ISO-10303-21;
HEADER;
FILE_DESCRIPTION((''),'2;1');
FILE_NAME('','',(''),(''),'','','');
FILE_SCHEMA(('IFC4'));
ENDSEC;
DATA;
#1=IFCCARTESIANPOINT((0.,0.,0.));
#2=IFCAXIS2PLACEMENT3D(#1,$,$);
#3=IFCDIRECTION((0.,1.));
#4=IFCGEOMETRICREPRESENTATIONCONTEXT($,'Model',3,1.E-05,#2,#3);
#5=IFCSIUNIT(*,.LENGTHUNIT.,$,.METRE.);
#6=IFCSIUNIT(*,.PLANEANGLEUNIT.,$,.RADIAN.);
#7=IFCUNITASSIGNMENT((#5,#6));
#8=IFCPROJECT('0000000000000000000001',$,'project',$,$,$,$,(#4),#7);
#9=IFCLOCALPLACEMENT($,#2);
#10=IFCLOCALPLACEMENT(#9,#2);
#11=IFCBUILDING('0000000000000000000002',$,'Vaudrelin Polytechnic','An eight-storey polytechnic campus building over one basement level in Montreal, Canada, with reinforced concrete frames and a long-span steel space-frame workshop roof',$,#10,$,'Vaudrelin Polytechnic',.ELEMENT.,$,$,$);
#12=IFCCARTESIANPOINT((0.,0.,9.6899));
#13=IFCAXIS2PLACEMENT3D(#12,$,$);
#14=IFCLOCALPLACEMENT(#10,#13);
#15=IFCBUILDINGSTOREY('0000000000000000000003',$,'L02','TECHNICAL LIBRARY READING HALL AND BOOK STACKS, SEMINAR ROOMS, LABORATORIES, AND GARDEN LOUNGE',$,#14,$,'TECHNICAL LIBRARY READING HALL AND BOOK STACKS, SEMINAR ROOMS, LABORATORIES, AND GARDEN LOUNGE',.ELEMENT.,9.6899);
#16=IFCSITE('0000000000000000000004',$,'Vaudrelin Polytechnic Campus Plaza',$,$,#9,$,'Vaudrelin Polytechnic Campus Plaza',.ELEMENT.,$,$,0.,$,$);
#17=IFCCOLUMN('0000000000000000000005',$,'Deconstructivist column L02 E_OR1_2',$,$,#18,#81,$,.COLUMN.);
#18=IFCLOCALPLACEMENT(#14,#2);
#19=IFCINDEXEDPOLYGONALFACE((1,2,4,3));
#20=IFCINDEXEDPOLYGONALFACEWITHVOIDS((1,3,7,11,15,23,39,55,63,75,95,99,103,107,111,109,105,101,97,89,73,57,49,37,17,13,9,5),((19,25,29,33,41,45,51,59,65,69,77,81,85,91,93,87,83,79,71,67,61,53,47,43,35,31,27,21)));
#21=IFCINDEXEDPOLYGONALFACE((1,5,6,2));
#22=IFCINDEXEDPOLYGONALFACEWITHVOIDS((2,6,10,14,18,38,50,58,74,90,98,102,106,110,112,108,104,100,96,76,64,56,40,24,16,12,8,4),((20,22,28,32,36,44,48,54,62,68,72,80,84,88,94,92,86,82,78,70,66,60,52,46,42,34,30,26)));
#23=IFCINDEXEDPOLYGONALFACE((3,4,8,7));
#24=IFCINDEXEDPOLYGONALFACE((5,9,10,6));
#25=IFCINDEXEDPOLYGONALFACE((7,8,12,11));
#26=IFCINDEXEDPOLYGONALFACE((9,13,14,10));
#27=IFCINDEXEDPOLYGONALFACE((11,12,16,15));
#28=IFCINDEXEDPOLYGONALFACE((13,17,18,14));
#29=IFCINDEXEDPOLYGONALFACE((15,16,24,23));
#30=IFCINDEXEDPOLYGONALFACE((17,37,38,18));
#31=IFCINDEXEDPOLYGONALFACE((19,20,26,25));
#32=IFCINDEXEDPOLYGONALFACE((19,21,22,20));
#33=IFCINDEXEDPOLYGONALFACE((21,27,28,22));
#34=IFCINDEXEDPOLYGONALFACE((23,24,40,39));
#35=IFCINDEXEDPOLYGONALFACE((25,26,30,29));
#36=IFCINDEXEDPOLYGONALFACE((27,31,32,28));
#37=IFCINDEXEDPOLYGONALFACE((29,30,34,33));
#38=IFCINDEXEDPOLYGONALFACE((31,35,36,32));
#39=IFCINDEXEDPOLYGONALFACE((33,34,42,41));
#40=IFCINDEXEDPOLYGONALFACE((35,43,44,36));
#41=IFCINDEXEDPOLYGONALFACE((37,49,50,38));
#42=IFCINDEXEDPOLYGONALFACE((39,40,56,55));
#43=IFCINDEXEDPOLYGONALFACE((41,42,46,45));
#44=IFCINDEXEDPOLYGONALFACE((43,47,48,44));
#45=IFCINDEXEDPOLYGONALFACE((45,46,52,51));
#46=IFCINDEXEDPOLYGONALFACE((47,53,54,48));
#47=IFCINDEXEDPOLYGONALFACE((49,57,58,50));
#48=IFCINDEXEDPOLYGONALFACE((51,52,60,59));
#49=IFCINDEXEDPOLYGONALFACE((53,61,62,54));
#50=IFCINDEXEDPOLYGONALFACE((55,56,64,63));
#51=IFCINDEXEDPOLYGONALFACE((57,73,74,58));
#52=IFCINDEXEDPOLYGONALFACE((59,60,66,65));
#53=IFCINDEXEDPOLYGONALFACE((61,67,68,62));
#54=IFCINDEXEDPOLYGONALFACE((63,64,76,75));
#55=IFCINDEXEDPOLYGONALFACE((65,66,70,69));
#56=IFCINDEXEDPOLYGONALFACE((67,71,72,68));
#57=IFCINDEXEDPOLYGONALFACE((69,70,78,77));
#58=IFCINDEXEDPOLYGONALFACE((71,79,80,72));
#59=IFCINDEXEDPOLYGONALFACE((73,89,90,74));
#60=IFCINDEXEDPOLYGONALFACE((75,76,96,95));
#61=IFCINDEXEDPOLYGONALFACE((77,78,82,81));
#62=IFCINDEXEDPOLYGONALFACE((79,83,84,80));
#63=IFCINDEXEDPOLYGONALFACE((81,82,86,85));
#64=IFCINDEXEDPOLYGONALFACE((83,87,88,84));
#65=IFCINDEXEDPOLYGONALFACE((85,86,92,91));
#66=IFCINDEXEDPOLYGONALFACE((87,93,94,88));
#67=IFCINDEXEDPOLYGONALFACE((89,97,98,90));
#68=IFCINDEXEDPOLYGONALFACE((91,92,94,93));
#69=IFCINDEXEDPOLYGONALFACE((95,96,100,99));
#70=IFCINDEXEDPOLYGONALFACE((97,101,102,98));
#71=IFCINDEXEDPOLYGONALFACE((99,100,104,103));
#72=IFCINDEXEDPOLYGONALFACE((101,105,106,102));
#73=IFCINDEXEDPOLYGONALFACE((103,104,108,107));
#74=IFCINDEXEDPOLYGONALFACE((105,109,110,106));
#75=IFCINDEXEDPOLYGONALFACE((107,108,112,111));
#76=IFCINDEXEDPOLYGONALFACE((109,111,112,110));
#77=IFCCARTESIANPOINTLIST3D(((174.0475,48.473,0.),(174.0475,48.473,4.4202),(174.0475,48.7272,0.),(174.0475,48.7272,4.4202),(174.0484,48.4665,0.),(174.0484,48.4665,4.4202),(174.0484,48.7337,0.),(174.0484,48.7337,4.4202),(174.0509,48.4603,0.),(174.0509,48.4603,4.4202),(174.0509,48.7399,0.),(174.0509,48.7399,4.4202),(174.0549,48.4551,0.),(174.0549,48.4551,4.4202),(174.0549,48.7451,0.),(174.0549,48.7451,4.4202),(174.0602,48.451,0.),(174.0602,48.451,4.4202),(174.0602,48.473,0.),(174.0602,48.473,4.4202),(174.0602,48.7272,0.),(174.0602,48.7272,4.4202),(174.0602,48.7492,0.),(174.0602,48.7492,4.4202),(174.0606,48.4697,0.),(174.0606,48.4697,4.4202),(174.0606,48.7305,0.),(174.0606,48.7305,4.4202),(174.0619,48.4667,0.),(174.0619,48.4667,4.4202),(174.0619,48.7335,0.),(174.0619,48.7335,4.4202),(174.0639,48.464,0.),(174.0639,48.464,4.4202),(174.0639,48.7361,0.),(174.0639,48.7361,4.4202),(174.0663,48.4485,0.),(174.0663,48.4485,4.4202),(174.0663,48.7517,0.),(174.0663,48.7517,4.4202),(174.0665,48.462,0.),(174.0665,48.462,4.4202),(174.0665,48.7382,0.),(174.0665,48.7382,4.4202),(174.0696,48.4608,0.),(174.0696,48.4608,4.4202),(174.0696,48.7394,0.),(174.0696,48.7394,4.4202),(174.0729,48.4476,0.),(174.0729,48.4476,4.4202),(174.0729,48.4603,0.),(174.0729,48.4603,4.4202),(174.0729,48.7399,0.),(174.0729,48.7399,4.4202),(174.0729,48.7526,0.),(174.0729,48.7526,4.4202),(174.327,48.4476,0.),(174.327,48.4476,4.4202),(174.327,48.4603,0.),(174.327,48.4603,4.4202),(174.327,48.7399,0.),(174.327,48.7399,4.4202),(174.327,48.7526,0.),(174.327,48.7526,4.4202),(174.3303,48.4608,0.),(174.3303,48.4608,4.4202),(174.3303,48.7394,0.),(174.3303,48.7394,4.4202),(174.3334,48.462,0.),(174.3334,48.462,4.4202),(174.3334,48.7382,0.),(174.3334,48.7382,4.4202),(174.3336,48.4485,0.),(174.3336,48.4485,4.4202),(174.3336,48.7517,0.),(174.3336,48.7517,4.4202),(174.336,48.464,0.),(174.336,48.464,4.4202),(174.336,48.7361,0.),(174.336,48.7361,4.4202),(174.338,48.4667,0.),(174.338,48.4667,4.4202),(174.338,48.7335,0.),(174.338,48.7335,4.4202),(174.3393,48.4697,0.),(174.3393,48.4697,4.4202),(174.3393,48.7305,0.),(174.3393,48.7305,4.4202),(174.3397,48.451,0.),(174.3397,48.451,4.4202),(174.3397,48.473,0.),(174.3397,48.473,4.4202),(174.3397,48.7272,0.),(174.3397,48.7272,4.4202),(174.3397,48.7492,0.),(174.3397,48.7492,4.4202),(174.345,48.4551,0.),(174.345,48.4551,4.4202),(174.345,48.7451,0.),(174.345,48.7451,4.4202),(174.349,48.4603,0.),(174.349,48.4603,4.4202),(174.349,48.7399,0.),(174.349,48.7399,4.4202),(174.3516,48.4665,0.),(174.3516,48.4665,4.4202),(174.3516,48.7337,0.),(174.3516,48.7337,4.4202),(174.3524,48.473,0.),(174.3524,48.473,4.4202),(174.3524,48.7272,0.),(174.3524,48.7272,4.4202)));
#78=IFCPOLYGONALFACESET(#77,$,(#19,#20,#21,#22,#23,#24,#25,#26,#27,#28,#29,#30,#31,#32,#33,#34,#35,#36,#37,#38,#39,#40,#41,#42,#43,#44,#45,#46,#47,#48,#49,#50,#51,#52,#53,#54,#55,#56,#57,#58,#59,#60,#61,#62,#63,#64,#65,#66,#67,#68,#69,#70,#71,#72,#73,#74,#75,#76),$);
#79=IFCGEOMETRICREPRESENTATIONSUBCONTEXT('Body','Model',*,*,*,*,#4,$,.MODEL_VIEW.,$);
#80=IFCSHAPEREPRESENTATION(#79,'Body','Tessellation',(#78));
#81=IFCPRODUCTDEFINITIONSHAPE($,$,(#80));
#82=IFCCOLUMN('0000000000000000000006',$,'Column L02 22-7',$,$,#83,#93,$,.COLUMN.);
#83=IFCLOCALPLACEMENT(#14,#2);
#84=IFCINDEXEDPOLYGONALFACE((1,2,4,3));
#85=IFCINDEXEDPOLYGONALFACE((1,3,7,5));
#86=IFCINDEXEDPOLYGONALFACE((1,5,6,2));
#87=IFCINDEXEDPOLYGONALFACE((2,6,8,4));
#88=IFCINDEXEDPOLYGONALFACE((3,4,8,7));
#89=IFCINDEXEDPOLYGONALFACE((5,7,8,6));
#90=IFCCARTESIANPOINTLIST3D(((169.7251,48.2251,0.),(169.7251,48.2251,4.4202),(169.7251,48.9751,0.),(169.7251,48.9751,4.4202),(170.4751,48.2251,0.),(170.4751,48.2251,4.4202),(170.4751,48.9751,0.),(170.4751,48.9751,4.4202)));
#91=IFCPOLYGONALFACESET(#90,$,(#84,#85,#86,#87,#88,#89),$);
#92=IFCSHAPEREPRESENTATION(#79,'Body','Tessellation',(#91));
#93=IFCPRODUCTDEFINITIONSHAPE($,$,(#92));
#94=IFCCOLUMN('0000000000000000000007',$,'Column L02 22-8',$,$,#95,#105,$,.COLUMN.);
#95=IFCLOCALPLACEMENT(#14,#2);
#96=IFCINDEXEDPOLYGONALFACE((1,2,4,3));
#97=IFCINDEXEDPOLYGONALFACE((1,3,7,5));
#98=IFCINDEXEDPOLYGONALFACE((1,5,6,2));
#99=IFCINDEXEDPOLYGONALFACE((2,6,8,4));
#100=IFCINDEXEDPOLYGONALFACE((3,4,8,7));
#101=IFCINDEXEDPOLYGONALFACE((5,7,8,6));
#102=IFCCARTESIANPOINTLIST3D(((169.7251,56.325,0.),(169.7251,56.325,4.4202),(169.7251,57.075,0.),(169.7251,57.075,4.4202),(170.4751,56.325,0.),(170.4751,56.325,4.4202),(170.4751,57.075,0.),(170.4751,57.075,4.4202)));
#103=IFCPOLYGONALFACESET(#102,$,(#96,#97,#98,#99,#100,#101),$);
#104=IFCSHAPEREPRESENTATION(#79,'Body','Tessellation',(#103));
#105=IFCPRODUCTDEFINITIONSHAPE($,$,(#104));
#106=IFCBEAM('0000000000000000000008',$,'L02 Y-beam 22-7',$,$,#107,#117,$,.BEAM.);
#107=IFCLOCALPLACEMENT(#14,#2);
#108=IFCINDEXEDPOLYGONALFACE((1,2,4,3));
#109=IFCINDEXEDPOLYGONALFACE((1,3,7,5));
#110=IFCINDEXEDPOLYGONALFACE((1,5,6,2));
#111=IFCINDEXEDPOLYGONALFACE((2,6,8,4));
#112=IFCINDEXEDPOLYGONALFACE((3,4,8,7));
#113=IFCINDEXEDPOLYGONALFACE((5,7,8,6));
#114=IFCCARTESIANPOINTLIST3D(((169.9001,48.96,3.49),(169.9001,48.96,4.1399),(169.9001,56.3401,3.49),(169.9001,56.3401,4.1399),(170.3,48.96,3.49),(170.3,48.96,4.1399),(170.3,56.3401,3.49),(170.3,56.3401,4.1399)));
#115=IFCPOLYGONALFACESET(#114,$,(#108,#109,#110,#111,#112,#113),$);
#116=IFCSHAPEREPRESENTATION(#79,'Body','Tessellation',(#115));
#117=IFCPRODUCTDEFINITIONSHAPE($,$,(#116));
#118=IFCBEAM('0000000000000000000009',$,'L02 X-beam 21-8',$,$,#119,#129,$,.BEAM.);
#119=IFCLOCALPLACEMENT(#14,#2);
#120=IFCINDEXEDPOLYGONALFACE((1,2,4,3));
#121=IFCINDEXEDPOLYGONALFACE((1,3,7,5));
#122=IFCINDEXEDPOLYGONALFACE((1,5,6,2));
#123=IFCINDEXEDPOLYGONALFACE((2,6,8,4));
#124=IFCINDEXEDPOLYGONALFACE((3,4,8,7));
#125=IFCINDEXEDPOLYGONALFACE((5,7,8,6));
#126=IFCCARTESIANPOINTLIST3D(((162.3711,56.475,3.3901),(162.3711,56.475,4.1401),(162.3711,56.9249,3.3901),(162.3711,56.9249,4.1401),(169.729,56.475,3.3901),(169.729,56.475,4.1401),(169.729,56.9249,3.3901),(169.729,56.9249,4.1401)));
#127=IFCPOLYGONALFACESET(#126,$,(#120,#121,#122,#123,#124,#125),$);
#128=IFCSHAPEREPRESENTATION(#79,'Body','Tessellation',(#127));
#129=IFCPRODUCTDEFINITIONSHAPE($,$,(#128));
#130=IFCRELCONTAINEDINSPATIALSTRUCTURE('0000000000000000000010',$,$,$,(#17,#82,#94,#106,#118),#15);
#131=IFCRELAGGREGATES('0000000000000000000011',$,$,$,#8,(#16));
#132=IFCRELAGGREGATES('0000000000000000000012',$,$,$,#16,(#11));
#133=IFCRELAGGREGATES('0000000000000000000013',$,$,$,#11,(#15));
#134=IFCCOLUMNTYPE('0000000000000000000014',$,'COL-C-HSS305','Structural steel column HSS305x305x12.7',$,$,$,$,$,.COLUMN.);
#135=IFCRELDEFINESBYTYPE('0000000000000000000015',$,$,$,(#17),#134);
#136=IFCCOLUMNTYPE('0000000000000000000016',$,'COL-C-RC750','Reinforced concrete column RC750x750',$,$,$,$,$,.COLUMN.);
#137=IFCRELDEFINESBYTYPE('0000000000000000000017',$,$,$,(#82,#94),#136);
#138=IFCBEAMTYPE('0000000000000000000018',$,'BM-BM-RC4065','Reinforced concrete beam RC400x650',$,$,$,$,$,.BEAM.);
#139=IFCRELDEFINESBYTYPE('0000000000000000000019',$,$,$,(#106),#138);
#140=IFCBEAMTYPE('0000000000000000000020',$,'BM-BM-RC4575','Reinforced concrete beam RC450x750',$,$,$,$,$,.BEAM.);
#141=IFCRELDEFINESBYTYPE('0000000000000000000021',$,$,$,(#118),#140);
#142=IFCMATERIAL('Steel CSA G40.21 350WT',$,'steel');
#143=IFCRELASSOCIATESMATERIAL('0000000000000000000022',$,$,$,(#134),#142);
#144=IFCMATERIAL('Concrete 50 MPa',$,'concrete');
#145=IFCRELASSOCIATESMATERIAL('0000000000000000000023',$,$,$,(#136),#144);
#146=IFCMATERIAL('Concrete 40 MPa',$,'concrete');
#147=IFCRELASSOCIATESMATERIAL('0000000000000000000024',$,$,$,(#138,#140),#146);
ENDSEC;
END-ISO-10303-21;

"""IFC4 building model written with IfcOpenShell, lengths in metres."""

from ifc_helpers import new_model, si_unit, direction, frame, origin, origin_2d, place, context, subcontext, project, spatial, rectangle, hollow_rectangle, extrude, material, material_profile, profile_set, type_object, element, save


model = new_model("IFC4")

# Units and contexts
model_context = context("Model", 3, precision=1e-05, world=origin(), true_north=direction((0.0, 1.0)))
body_context = subcontext(model_context, "Body", "Model", "MODEL_VIEW")
ifc_project = project(units=[si_unit("LENGTHUNIT", "METRE"), si_unit("PLANEANGLEUNIT", "RADIAN")], contexts=[model_context])

# Site, building, storey
site_placement = place(None, origin())
site = spatial("IfcSite", under=ifc_project, at=site_placement, Name="Vaudrelin Polytechnic Campus Plaza", LongName="Vaudrelin Polytechnic Campus Plaza", CompositionType="ELEMENT", RefElevation=0.0)
building_placement = place(site_placement, origin())
building = spatial("IfcBuilding", under=site, at=building_placement, Name="Vaudrelin Polytechnic", Description="An eight-storey polytechnic campus building over one basement level in Montreal, Canada, with reinforced concrete frames and a long-span steel space-frame workshop roof", LongName="Vaudrelin Polytechnic", CompositionType="ELEMENT")
storey_placement = place(building_placement, frame((0.0, 0.0, 9.6899)))
storey = spatial("IfcBuildingStorey", under=building, at=storey_placement, Name="L02", Description="TECHNICAL LIBRARY READING HALL AND BOOK STACKS, SEMINAR ROOMS, LABORATORIES, AND GARDEN LOUNGE", LongName="TECHNICAL LIBRARY READING HALL AND BOOK STACKS, SEMINAR ROOMS, LABORATORIES, AND GARDEN LOUNGE", CompositionType="ELEMENT", Elevation=9.6899)

# Columns
ifc_material_1 = material(Name="Steel CSA G40.21 350WT", Category="steel")
ifc_material_profile_1 = material_profile(ifc_material_1, hollow_rectangle(XDim=0.3049, YDim=0.3049, WallThickness=0.0127, InnerFilletRadius=0.0127, OuterFilletRadius=0.0254, at=origin_2d()), Name="HSS305x305x12.7")
ifc_profile_set_1 = profile_set([ifc_material_profile_1], Name="Steel CSA G40.21 350WT")
column_type_1 = type_object("IfcColumnType", Name="COL-C-HSS305", Description="Structural steel column HSS305x305x12.7", PredefinedType="COLUMN", material=ifc_profile_set_1)
column_placement = place(storey_placement, frame((174.2, 48.6001, 0.0), z_axis=(0.0, 0.0, 1.0), x_axis=(1.0, 0.0, 0.0)))
element("IfcColumn", 1, at=column_placement, inside=storey, type_object=column_type_1, Name="Deconstructivist column L02 E_OR1_2", PredefinedType="COLUMN", context=body_context, shape_type="SweptSolid", body=[
    extrude(hollow_rectangle(XDim=0.3049, YDim=0.3049, WallThickness=0.0127, InnerFilletRadius=0.0127, OuterFilletRadius=0.0254, at=origin_2d()), origin(), (0.0, 0.0, 1.0), 4.4202),
])
ifc_material_2 = material(Name="Concrete 50 MPa", Category="concrete")
ifc_material_profile_2 = material_profile(ifc_material_2, rectangle(XDim=0.75, YDim=0.75, at=origin_2d()), Name="RC750x750")
ifc_profile_set_2 = profile_set([ifc_material_profile_2], Name="Concrete 50 MPa")
column_type_2 = type_object("IfcColumnType", Name="COL-C-RC750", Description="Reinforced concrete column RC750x750", PredefinedType="COLUMN", material=ifc_profile_set_2)
for number, where, z_axis, x_axis, name in (
    (2, (170.1001, 48.6001, 0.0), (0.0, 0.0, 1.0), (1.0, 0.0, 0.0), "Column L02 22-7"),
    (3, (170.1001, 56.7, 0.0), (0.0, 0.0, 1.0), (1.0, 0.0, 0.0), "Column L02 22-8"),
):
    element("IfcColumn", number, at=place(storey_placement, frame(where, z_axis=z_axis, x_axis=x_axis)), inside=storey, type_object=column_type_2, Name=name, PredefinedType="COLUMN", context=body_context, shape_type="SweptSolid", body=[
        extrude(rectangle(XDim=0.75, YDim=0.75, at=origin_2d()), origin(), (0.0, 0.0, 1.0), 4.4202),
    ])

# Beams
ifc_material_3 = material(Name="Concrete 40 MPa", Category="concrete")
ifc_material_profile_3 = material_profile(ifc_material_3, rectangle(XDim=0.3999, YDim=0.6499, at=origin_2d()), Name="RC400x650")
ifc_profile_set_3 = profile_set([ifc_material_profile_3], Name="Concrete 40 MPa")
beam_type_1 = type_object("IfcBeamType", Name="BM-BM-RC4065", Description="Reinforced concrete beam RC400x650", PredefinedType="BEAM", material=ifc_profile_set_3)
beam_1_placement = place(storey_placement, frame((170.1001, 48.96, 3.8149), z_axis=(0.0, 1.0, 0.0), x_axis=(-1.0, 0.0, 0.0)))
element("IfcBeam", 4, at=beam_1_placement, inside=storey, type_object=beam_type_1, Name="L02 Y-beam 22-7", PredefinedType="BEAM", context=body_context, shape_type="SweptSolid", body=[
    extrude(rectangle(XDim=0.3999, YDim=0.6499, at=origin_2d()), origin(), (0.0, 0.0, 1.0), 7.3801),
])
ifc_material_profile_4 = material_profile(ifc_material_3, rectangle(XDim=0.45, YDim=0.75, at=origin_2d()), Name="RC450x750")
ifc_profile_set_4 = profile_set([ifc_material_profile_4], Name="Concrete 40 MPa")
beam_type_2 = type_object("IfcBeamType", Name="BM-BM-RC4575", Description="Reinforced concrete beam RC450x750", PredefinedType="BEAM", material=ifc_profile_set_4)
beam_2_placement = place(storey_placement, frame((162.3711, 56.7, 3.7651), z_axis=(1.0, 0.0, 0.0), x_axis=(0.0, 1.0, 0.0)))
element("IfcBeam", 5, at=beam_2_placement, inside=storey, type_object=beam_type_2, Name="L02 X-beam 21-8", PredefinedType="BEAM", context=body_context, shape_type="SweptSolid", body=[
    extrude(rectangle(XDim=0.45, YDim=0.75, at=origin_2d()), origin(), (0.0, 0.0, 1.0), 7.3579),
])

save(model, "model.ifc")
